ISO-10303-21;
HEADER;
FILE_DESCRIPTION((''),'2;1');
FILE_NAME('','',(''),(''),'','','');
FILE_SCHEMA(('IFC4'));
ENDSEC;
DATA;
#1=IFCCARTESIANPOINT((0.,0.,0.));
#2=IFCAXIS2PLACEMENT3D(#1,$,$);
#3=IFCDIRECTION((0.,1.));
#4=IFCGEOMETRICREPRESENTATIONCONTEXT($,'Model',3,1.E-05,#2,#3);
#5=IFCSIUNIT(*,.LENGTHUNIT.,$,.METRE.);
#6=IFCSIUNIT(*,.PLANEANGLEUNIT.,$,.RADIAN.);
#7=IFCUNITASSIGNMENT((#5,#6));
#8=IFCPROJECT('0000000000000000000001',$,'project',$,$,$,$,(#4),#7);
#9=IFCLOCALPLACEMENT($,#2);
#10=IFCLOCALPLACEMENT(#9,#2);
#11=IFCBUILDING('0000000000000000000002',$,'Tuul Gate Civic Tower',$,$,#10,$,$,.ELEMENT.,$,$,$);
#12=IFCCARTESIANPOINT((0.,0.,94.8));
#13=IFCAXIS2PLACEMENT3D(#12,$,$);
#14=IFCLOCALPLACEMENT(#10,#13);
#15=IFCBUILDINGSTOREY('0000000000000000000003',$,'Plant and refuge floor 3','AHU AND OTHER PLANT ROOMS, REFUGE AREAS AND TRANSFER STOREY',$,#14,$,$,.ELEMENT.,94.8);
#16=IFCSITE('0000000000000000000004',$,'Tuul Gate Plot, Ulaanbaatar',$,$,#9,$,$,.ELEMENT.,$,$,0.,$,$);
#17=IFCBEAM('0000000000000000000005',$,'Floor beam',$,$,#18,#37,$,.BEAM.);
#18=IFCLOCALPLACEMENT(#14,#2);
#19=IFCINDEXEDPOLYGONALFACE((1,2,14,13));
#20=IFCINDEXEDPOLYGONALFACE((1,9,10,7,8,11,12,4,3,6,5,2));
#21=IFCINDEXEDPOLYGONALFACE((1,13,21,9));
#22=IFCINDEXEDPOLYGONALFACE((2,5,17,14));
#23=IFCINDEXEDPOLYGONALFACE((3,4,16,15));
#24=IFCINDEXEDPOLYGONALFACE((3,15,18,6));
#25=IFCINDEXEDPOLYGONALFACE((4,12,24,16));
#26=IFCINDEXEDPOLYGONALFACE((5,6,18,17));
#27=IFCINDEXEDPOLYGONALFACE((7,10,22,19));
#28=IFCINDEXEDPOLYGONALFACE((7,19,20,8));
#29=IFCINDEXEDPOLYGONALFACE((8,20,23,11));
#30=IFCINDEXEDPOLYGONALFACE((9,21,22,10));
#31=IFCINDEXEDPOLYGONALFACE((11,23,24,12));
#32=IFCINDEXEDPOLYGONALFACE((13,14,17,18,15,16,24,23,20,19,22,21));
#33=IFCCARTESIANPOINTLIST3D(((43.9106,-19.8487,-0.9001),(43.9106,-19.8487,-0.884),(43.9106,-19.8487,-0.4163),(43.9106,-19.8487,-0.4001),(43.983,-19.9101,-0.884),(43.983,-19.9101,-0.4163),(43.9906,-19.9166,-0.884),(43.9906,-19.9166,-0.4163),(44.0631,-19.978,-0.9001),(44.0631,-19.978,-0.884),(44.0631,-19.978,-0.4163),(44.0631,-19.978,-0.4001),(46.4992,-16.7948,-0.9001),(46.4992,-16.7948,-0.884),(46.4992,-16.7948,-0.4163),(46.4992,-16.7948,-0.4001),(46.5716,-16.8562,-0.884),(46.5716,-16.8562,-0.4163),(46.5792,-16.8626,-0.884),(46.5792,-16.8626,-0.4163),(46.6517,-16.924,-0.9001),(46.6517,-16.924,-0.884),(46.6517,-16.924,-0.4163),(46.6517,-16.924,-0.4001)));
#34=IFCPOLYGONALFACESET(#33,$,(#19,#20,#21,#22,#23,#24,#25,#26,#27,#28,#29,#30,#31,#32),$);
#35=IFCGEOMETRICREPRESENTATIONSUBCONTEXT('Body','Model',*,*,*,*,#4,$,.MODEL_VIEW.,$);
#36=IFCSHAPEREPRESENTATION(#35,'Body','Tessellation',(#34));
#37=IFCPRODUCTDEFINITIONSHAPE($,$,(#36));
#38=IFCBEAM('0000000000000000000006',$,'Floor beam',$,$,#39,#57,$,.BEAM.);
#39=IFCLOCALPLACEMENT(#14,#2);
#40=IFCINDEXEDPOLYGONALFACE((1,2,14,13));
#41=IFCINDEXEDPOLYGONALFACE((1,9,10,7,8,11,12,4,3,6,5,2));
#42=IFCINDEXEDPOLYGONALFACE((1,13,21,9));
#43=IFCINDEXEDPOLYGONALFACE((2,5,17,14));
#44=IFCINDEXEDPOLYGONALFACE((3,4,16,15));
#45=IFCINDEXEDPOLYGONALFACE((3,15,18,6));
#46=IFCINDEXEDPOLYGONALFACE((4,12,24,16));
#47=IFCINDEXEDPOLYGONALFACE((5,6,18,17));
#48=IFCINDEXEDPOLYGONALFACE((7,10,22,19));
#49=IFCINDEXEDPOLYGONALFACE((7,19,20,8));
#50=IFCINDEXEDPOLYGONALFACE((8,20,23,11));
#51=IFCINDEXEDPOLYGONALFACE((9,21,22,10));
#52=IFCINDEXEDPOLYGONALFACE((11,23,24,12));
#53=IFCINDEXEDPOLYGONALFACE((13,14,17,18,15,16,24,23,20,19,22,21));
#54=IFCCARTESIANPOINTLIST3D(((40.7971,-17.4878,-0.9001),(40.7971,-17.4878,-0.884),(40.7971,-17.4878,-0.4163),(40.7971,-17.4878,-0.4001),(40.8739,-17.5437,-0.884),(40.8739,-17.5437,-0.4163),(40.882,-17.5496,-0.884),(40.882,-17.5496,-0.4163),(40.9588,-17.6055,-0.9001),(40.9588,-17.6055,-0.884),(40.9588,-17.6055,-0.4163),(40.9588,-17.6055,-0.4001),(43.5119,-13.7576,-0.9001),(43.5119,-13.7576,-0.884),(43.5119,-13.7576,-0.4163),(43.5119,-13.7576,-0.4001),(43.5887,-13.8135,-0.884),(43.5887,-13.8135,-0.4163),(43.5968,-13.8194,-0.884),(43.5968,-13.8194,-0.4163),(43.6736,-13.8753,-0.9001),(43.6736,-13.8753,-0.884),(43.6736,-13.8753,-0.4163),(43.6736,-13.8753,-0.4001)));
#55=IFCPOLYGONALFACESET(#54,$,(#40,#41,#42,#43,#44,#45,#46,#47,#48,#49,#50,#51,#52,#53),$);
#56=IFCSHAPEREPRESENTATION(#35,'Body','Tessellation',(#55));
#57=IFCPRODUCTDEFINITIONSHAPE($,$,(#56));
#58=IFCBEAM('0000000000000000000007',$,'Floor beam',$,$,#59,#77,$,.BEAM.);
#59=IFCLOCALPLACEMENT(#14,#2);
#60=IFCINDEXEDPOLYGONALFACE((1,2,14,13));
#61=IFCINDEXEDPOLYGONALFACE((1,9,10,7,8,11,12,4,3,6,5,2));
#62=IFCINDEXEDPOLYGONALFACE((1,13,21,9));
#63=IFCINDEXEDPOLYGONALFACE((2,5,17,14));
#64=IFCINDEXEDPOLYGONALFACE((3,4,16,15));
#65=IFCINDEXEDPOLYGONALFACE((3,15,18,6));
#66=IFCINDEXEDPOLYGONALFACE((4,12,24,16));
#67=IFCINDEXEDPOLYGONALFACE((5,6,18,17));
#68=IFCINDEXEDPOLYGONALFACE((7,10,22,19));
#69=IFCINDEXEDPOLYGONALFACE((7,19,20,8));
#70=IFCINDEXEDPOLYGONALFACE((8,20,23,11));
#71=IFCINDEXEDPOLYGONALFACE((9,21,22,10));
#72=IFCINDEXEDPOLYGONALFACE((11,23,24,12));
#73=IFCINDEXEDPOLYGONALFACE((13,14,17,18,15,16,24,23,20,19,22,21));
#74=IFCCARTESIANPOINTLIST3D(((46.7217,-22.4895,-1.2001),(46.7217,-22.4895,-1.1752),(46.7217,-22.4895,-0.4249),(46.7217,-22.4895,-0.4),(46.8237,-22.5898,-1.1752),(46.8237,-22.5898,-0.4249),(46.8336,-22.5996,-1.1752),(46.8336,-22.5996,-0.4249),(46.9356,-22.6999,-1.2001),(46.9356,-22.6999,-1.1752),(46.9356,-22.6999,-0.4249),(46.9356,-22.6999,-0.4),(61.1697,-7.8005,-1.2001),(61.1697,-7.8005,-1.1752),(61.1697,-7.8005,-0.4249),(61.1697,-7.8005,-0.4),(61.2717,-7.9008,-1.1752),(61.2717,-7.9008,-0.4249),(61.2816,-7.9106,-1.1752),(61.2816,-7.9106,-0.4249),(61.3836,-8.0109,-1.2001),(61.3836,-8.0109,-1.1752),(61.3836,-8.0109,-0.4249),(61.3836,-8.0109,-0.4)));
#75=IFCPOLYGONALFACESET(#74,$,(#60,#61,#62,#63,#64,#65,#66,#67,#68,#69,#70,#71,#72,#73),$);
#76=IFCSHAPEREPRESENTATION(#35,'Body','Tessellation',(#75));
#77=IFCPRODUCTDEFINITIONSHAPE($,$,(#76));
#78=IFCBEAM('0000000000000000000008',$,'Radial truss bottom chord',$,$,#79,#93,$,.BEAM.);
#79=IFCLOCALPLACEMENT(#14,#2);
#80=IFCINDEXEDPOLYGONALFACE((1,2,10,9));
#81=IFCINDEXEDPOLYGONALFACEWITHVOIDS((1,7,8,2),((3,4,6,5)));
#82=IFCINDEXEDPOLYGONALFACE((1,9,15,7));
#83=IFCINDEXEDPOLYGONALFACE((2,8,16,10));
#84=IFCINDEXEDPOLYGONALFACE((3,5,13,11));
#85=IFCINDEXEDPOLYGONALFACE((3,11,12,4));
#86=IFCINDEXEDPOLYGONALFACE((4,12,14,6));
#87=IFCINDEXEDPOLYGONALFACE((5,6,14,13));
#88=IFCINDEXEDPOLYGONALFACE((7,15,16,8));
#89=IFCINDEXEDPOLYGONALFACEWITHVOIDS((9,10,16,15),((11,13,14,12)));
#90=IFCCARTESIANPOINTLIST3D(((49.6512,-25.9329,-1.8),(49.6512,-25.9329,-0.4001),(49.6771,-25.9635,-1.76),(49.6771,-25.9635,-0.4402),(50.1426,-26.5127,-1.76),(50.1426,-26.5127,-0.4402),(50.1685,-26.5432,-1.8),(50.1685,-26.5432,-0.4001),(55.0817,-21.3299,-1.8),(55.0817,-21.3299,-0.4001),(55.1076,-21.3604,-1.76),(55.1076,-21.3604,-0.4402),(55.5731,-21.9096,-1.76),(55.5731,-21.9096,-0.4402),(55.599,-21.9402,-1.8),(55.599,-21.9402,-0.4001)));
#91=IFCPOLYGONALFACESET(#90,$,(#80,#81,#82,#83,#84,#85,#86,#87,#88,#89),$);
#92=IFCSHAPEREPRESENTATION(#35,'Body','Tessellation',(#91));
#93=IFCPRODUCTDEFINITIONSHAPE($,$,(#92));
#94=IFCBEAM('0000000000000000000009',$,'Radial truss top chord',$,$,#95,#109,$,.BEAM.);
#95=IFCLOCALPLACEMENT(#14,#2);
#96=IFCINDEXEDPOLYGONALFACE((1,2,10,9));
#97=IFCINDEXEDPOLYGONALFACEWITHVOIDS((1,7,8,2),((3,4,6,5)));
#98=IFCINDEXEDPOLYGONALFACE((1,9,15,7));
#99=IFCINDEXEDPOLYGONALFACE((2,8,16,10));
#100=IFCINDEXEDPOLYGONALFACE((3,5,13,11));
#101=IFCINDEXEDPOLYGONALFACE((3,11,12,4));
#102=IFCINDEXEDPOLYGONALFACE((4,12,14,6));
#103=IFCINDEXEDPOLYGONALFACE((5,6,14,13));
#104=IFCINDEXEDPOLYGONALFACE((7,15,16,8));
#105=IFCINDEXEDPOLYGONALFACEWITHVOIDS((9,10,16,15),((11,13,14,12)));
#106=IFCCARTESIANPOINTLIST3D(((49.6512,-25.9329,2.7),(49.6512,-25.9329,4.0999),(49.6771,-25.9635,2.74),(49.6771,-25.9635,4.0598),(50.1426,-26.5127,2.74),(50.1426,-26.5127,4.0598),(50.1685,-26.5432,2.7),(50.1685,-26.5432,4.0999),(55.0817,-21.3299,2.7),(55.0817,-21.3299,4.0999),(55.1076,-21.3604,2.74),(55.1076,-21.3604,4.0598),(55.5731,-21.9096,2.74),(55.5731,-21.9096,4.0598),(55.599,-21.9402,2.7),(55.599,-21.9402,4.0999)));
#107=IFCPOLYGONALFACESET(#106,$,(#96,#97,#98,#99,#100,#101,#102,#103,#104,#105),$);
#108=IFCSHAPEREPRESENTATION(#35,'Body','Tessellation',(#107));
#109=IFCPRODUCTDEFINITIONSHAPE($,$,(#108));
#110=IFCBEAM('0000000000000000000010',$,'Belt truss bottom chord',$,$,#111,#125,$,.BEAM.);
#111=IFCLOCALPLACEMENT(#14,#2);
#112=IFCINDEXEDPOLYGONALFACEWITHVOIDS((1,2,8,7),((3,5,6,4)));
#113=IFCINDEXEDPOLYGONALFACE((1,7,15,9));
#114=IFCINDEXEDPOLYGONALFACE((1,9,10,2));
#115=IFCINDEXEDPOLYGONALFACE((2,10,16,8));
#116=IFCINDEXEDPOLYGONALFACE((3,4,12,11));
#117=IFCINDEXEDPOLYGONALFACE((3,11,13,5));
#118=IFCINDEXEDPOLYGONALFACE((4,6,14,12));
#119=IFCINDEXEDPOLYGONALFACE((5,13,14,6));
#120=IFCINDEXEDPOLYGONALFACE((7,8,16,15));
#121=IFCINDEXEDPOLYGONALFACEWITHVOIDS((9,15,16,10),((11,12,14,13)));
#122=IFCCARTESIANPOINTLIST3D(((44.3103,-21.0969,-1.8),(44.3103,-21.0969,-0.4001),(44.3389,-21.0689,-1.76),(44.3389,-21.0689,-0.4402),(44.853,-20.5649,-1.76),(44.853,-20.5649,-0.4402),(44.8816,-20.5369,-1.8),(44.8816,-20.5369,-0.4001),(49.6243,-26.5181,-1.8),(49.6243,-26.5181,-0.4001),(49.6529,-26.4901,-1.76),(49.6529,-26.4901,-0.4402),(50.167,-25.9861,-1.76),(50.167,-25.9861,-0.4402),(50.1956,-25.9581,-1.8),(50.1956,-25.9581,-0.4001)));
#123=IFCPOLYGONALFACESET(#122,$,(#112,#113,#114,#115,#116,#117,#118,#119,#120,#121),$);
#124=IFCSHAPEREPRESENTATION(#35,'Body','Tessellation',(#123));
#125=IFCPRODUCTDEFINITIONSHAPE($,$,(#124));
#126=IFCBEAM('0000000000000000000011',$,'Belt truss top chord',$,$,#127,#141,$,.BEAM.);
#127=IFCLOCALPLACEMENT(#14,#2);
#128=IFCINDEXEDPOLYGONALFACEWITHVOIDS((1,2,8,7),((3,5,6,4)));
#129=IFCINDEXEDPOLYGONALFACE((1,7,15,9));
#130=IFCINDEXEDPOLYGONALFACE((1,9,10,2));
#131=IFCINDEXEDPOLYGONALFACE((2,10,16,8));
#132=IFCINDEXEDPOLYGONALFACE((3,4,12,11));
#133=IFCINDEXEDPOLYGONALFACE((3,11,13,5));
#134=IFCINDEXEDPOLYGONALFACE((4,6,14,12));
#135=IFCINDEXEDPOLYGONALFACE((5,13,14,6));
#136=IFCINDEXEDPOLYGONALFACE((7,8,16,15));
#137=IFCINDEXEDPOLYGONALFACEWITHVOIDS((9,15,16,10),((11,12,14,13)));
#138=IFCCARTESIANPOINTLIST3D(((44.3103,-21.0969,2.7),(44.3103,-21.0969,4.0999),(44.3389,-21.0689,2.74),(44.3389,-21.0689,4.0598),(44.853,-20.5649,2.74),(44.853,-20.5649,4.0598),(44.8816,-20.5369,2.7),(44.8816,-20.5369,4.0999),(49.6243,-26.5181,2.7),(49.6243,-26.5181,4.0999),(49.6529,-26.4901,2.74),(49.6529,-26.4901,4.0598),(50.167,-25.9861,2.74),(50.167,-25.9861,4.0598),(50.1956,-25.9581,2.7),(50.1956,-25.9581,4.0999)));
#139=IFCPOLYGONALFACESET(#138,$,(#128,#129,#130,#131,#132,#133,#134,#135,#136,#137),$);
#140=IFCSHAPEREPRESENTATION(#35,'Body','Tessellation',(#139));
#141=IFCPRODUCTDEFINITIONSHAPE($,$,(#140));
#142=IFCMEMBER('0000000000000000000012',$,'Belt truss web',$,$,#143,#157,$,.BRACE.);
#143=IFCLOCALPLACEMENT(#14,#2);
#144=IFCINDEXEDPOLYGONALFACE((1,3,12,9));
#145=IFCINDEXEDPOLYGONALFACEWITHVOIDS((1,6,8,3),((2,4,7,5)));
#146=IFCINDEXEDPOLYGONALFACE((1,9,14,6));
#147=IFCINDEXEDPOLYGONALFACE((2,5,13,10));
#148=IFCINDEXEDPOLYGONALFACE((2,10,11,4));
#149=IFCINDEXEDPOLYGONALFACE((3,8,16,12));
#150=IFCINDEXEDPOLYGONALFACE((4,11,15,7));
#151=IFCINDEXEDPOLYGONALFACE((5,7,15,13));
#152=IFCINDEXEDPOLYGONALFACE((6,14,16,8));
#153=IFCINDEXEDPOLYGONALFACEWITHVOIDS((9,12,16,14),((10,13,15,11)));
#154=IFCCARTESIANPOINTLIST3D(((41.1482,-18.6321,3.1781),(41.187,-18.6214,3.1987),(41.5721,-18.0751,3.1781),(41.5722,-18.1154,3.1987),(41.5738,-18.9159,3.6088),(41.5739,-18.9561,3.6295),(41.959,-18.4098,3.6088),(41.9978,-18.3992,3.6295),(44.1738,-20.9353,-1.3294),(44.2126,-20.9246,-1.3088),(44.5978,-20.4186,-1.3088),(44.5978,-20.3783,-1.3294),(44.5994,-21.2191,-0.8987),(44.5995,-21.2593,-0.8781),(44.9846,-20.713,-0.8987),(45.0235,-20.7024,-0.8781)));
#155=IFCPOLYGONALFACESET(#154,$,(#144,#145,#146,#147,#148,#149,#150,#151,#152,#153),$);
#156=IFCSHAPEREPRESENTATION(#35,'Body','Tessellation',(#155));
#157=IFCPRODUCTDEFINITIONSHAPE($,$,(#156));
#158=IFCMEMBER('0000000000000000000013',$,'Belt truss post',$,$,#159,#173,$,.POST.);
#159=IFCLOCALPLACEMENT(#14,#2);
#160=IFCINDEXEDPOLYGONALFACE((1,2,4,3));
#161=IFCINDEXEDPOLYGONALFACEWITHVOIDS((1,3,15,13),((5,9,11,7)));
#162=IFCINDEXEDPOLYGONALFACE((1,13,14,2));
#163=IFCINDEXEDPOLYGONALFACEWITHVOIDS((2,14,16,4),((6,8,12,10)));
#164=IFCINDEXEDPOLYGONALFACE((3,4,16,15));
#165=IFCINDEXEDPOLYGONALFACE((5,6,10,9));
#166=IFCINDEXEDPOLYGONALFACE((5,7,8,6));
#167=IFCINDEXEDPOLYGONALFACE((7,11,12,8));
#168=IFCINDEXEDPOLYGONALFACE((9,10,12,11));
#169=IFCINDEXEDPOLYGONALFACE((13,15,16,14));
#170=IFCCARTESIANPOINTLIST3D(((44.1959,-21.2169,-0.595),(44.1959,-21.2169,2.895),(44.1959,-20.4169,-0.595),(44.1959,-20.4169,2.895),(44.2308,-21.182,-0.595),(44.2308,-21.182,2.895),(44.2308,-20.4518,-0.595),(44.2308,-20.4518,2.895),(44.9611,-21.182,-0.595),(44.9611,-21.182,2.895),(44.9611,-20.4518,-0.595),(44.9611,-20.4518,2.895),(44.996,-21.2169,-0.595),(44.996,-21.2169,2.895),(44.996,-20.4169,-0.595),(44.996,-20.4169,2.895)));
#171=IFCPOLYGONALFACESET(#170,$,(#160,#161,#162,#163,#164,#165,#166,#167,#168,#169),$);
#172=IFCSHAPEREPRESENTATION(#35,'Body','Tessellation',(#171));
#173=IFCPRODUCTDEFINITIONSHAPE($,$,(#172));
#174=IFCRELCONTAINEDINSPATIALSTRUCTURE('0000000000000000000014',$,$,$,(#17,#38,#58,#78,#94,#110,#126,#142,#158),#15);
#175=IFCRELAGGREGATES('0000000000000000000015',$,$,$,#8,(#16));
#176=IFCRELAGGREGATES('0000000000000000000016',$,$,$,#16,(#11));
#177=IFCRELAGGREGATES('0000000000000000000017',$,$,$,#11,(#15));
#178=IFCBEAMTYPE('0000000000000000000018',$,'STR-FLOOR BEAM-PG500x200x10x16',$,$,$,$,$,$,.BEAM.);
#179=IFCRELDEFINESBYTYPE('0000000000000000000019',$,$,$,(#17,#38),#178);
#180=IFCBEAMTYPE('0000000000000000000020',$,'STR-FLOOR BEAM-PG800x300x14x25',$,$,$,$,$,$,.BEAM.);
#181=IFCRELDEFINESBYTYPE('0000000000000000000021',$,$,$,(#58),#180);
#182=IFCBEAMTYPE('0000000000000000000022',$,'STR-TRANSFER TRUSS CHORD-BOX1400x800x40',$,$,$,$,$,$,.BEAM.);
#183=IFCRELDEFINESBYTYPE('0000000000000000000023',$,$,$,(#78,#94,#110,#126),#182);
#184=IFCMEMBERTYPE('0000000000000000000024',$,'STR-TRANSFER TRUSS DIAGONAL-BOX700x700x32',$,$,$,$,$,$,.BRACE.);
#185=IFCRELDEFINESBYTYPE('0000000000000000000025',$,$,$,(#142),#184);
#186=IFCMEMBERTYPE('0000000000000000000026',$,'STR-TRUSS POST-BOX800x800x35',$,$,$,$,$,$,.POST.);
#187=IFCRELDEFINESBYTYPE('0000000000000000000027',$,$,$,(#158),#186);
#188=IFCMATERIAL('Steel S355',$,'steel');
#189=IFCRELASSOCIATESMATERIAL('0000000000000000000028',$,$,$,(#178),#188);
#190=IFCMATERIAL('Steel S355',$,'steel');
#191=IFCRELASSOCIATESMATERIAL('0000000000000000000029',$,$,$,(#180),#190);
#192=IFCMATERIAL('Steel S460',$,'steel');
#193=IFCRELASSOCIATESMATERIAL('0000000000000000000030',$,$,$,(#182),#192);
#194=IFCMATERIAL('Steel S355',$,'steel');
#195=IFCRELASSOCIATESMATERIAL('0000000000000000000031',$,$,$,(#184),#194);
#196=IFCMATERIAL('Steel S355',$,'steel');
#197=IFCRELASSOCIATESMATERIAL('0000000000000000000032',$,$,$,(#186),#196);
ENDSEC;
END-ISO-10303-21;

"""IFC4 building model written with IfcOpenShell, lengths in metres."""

from ifc_helpers import new_model, si_unit, direction, frame, origin, origin_2d, place, context, subcontext, project, spatial, hollow_rectangle, i_section, extrude, material, material_profile, profile_set, type_object, element, save


model = new_model("IFC4")

# Units and contexts
model_context = context("Model", 3, precision=1e-05, world=origin(), true_north=direction((0.0, 1.0)))
body_context = subcontext(model_context, "Body", "Model", "MODEL_VIEW")
ifc_project = project(units=[si_unit("LENGTHUNIT", "METRE"), si_unit("PLANEANGLEUNIT", "RADIAN")], contexts=[model_context])

# Site, building, storey
site_placement = place(None, origin())
site = spatial("IfcSite", under=ifc_project, at=site_placement, Name="Tuul Gate Plot, Ulaanbaatar", CompositionType="ELEMENT", RefElevation=0.0)
building_placement = place(site_placement, origin())
building = spatial("IfcBuilding", under=site, at=building_placement, Name="Tuul Gate Civic Tower", CompositionType="ELEMENT")
storey_placement = place(building_placement, frame((0.0, 0.0, 94.8)))
storey = spatial("IfcBuildingStorey", under=building, at=storey_placement, Name="Plant and refuge floor 3", Description="AHU AND OTHER PLANT ROOMS, REFUGE AREAS AND TRANSFER STOREY", CompositionType="ELEMENT", Elevation=94.8)

# Beams
ifc_material_1 = material(Name="Steel S355", Category="steel")
ifc_material_profile_1 = material_profile(ifc_material_1, i_section(OverallWidth=0.2, OverallDepth=0.5, WebThickness=0.01, FlangeThickness=0.0161, at=origin_2d()), Name="PG500x200x10x16")
ifc_profile_set_1 = profile_set([ifc_material_profile_1], Name="Steel S355")
beam_type_1 = type_object("IfcBeamType", Name="STR-FLOOR BEAM-PG500x200x10x16", PredefinedType="BEAM", material=ifc_profile_set_1)
beam_1_placement = place(storey_placement, frame((43.9868, -19.9133, -0.6501), z_axis=(0.646598, 0.762831, 0.0), x_axis=(-0.762831, 0.646598, 0.0)))
element("IfcBeam", 1, at=beam_1_placement, inside=storey, type_object=beam_type_1, Name="Floor beam", PredefinedType="BEAM", context=body_context, shape_type="SweptSolid", body=[
    extrude(i_section(OverallWidth=0.2, OverallDepth=0.5, WebThickness=0.01, FlangeThickness=0.0161, at=origin_2d()), origin(), (0.0, 0.0, 1.0), 4.0034),
])
beam_2_placement = place(storey_placement, frame((40.8779, -17.5466, -0.6501), z_axis=(0.588449, 0.808535, 0.0), x_axis=(-0.808535, 0.588449, 0.0)))
element("IfcBeam", 2, at=beam_2_placement, inside=storey, type_object=beam_type_1, Name="Floor beam", PredefinedType="BEAM", context=body_context, shape_type="SweptSolid", body=[
    extrude(i_section(OverallWidth=0.2, OverallDepth=0.5, WebThickness=0.01, FlangeThickness=0.0161, at=origin_2d()), origin(), (0.0, 0.0, 1.0), 4.6135),
])
ifc_material_2 = material(Name="Steel S355", Category="steel")
ifc_material_profile_2 = material_profile(ifc_material_2, i_section(OverallWidth=0.3, OverallDepth=0.8, WebThickness=0.0139, FlangeThickness=0.0249, at=origin_2d()), Name="PG800x300x14x25")
ifc_profile_set_2 = profile_set([ifc_material_profile_2], Name="Steel S355")
beam_type_2 = type_object("IfcBeamType", Name="STR-FLOOR BEAM-PG800x300x14x25", PredefinedType="BEAM", material=ifc_profile_set_2)
beam_3_placement = place(storey_placement, frame((46.8286, -22.5947, -0.8), z_axis=(0.701235, 0.71293, 0.0), x_axis=(-0.71293, 0.701235, 0.0)))
element("IfcBeam", 3, at=beam_3_placement, inside=storey, type_object=beam_type_2, Name="Floor beam", PredefinedType="BEAM", context=body_context, shape_type="SweptSolid", body=[
    extrude(i_section(OverallWidth=0.3, OverallDepth=0.8, WebThickness=0.0139, FlangeThickness=0.0249, at=origin_2d()), origin(), (0.0, 0.0, 1.0), 20.6038),
])
ifc_material_3 = material(Name="Steel S460", Category="steel")
ifc_material_profile_3 = material_profile(ifc_material_3, hollow_rectangle(XDim=0.8, YDim=1.3999, WallThickness=0.04, at=origin_2d()), Name="BOX1400x800x40")
ifc_profile_set_3 = profile_set([ifc_material_profile_3], Name="Steel S460")
beam_type_3 = type_object("IfcBeamType", Name="STR-TRANSFER TRUSS CHORD-BOX1400x800x40", PredefinedType="BEAM", material=ifc_profile_set_3)
for number, where, z_axis, x_axis, name in (
    (4, (55.3403, -21.635, -1.1001), (-0.762828, -0.646602, 0.0), (0.646602, -0.762828, 0.0), "Radial truss bottom chord"),
    (5, (55.3403, -21.635, 3.3999), (-0.762828, -0.646602, 0.0), (0.646602, -0.762828, 0.0), "Radial truss top chord"),
):
    element("IfcBeam", number, at=place(storey_placement, frame(where, z_axis=z_axis, x_axis=x_axis)), inside=storey, type_object=beam_type_3, Name=name, PredefinedType="BEAM", context=body_context, shape_type="SweptSolid", body=[
        extrude(hollow_rectangle(XDim=0.8, YDim=1.3999, WallThickness=0.04, at=origin_2d()), origin(), (0.0, 0.0, 1.0), 7.1189),
    ])
for number, where, z_axis, x_axis, name in (
    (6, (44.5959, -20.8169, -1.1001), (0.700012, -0.714131, 0.0), (0.714131, 0.700012, 0.0), "Belt truss bottom chord"),
    (7, (44.5959, -20.8169, 3.3999), (0.700012, -0.714131, 0.0), (0.714131, 0.700012, 0.0), "Belt truss top chord"),
):
    element("IfcBeam", number, at=place(storey_placement, frame(where, z_axis=z_axis, x_axis=x_axis)), inside=storey, type_object=beam_type_3, Name=name, PredefinedType="BEAM", context=body_context, shape_type="SweptSolid", body=[
        extrude(hollow_rectangle(XDim=0.8, YDim=1.3999, WallThickness=0.04, at=origin_2d()), origin(), (0.0, 0.0, 1.0), 7.5913),
    ])

# Members
ifc_material_4 = material(Name="Steel S355", Category="steel")
ifc_material_profile_4 = material_profile(ifc_material_4, hollow_rectangle(XDim=0.7, YDim=0.7, WallThickness=0.032, at=origin_2d()), Name="BOX700x700x32")
ifc_profile_set_4 = profile_set([ifc_material_profile_4], Name="Steel S355")
member_type_1 = type_object("IfcMemberType", Name="STR-TRANSFER TRUSS DIAGONAL-BOX700x700x32", PredefinedType="BRACE", material=ifc_profile_set_4)
member_1_placement = place(storey_placement, frame((44.5986, -20.8188, -1.1038), z_axis=(-0.513059, 0.390559, 0.764352), x_axis=(-0.605707, -0.795688, 0.0)))
element("IfcMember", 8, at=member_1_placement, inside=storey, type_object=member_type_1, Name="Belt truss web", PredefinedType="BRACE", context=body_context, shape_type="SweptSolid", body=[
    extrude(hollow_rectangle(XDim=0.7, YDim=0.7, WallThickness=0.032, at=origin_2d()), origin(), (0.0, 0.0, 1.0), 5.8972),
])
ifc_material_5 = material(Name="Steel S355", Category="steel")
ifc_material_profile_5 = material_profile(ifc_material_5, hollow_rectangle(XDim=0.8, YDim=0.8, WallThickness=0.0349, at=origin_2d()), Name="BOX800x800x35")
ifc_profile_set_5 = profile_set([ifc_material_profile_5], Name="Steel S355")
member_type_2 = type_object("IfcMemberType", Name="STR-TRUSS POST-BOX800x800x35", PredefinedType="POST", material=ifc_profile_set_5)
member_2_placement = place(storey_placement, frame((44.5959, -20.8169, -0.595), z_axis=(0.0, 0.0, 1.0), x_axis=(1.0, 0.0, 0.0)))
element("IfcMember", 9, at=member_2_placement, inside=storey, type_object=member_type_2, Name="Belt truss post", PredefinedType="POST", context=body_context, shape_type="SweptSolid", body=[
    extrude(hollow_rectangle(XDim=0.8, YDim=0.8, WallThickness=0.0349, at=origin_2d()), origin(), (0.0, 0.0, 1.0), 3.49),
])

save(model, "model.ifc")
